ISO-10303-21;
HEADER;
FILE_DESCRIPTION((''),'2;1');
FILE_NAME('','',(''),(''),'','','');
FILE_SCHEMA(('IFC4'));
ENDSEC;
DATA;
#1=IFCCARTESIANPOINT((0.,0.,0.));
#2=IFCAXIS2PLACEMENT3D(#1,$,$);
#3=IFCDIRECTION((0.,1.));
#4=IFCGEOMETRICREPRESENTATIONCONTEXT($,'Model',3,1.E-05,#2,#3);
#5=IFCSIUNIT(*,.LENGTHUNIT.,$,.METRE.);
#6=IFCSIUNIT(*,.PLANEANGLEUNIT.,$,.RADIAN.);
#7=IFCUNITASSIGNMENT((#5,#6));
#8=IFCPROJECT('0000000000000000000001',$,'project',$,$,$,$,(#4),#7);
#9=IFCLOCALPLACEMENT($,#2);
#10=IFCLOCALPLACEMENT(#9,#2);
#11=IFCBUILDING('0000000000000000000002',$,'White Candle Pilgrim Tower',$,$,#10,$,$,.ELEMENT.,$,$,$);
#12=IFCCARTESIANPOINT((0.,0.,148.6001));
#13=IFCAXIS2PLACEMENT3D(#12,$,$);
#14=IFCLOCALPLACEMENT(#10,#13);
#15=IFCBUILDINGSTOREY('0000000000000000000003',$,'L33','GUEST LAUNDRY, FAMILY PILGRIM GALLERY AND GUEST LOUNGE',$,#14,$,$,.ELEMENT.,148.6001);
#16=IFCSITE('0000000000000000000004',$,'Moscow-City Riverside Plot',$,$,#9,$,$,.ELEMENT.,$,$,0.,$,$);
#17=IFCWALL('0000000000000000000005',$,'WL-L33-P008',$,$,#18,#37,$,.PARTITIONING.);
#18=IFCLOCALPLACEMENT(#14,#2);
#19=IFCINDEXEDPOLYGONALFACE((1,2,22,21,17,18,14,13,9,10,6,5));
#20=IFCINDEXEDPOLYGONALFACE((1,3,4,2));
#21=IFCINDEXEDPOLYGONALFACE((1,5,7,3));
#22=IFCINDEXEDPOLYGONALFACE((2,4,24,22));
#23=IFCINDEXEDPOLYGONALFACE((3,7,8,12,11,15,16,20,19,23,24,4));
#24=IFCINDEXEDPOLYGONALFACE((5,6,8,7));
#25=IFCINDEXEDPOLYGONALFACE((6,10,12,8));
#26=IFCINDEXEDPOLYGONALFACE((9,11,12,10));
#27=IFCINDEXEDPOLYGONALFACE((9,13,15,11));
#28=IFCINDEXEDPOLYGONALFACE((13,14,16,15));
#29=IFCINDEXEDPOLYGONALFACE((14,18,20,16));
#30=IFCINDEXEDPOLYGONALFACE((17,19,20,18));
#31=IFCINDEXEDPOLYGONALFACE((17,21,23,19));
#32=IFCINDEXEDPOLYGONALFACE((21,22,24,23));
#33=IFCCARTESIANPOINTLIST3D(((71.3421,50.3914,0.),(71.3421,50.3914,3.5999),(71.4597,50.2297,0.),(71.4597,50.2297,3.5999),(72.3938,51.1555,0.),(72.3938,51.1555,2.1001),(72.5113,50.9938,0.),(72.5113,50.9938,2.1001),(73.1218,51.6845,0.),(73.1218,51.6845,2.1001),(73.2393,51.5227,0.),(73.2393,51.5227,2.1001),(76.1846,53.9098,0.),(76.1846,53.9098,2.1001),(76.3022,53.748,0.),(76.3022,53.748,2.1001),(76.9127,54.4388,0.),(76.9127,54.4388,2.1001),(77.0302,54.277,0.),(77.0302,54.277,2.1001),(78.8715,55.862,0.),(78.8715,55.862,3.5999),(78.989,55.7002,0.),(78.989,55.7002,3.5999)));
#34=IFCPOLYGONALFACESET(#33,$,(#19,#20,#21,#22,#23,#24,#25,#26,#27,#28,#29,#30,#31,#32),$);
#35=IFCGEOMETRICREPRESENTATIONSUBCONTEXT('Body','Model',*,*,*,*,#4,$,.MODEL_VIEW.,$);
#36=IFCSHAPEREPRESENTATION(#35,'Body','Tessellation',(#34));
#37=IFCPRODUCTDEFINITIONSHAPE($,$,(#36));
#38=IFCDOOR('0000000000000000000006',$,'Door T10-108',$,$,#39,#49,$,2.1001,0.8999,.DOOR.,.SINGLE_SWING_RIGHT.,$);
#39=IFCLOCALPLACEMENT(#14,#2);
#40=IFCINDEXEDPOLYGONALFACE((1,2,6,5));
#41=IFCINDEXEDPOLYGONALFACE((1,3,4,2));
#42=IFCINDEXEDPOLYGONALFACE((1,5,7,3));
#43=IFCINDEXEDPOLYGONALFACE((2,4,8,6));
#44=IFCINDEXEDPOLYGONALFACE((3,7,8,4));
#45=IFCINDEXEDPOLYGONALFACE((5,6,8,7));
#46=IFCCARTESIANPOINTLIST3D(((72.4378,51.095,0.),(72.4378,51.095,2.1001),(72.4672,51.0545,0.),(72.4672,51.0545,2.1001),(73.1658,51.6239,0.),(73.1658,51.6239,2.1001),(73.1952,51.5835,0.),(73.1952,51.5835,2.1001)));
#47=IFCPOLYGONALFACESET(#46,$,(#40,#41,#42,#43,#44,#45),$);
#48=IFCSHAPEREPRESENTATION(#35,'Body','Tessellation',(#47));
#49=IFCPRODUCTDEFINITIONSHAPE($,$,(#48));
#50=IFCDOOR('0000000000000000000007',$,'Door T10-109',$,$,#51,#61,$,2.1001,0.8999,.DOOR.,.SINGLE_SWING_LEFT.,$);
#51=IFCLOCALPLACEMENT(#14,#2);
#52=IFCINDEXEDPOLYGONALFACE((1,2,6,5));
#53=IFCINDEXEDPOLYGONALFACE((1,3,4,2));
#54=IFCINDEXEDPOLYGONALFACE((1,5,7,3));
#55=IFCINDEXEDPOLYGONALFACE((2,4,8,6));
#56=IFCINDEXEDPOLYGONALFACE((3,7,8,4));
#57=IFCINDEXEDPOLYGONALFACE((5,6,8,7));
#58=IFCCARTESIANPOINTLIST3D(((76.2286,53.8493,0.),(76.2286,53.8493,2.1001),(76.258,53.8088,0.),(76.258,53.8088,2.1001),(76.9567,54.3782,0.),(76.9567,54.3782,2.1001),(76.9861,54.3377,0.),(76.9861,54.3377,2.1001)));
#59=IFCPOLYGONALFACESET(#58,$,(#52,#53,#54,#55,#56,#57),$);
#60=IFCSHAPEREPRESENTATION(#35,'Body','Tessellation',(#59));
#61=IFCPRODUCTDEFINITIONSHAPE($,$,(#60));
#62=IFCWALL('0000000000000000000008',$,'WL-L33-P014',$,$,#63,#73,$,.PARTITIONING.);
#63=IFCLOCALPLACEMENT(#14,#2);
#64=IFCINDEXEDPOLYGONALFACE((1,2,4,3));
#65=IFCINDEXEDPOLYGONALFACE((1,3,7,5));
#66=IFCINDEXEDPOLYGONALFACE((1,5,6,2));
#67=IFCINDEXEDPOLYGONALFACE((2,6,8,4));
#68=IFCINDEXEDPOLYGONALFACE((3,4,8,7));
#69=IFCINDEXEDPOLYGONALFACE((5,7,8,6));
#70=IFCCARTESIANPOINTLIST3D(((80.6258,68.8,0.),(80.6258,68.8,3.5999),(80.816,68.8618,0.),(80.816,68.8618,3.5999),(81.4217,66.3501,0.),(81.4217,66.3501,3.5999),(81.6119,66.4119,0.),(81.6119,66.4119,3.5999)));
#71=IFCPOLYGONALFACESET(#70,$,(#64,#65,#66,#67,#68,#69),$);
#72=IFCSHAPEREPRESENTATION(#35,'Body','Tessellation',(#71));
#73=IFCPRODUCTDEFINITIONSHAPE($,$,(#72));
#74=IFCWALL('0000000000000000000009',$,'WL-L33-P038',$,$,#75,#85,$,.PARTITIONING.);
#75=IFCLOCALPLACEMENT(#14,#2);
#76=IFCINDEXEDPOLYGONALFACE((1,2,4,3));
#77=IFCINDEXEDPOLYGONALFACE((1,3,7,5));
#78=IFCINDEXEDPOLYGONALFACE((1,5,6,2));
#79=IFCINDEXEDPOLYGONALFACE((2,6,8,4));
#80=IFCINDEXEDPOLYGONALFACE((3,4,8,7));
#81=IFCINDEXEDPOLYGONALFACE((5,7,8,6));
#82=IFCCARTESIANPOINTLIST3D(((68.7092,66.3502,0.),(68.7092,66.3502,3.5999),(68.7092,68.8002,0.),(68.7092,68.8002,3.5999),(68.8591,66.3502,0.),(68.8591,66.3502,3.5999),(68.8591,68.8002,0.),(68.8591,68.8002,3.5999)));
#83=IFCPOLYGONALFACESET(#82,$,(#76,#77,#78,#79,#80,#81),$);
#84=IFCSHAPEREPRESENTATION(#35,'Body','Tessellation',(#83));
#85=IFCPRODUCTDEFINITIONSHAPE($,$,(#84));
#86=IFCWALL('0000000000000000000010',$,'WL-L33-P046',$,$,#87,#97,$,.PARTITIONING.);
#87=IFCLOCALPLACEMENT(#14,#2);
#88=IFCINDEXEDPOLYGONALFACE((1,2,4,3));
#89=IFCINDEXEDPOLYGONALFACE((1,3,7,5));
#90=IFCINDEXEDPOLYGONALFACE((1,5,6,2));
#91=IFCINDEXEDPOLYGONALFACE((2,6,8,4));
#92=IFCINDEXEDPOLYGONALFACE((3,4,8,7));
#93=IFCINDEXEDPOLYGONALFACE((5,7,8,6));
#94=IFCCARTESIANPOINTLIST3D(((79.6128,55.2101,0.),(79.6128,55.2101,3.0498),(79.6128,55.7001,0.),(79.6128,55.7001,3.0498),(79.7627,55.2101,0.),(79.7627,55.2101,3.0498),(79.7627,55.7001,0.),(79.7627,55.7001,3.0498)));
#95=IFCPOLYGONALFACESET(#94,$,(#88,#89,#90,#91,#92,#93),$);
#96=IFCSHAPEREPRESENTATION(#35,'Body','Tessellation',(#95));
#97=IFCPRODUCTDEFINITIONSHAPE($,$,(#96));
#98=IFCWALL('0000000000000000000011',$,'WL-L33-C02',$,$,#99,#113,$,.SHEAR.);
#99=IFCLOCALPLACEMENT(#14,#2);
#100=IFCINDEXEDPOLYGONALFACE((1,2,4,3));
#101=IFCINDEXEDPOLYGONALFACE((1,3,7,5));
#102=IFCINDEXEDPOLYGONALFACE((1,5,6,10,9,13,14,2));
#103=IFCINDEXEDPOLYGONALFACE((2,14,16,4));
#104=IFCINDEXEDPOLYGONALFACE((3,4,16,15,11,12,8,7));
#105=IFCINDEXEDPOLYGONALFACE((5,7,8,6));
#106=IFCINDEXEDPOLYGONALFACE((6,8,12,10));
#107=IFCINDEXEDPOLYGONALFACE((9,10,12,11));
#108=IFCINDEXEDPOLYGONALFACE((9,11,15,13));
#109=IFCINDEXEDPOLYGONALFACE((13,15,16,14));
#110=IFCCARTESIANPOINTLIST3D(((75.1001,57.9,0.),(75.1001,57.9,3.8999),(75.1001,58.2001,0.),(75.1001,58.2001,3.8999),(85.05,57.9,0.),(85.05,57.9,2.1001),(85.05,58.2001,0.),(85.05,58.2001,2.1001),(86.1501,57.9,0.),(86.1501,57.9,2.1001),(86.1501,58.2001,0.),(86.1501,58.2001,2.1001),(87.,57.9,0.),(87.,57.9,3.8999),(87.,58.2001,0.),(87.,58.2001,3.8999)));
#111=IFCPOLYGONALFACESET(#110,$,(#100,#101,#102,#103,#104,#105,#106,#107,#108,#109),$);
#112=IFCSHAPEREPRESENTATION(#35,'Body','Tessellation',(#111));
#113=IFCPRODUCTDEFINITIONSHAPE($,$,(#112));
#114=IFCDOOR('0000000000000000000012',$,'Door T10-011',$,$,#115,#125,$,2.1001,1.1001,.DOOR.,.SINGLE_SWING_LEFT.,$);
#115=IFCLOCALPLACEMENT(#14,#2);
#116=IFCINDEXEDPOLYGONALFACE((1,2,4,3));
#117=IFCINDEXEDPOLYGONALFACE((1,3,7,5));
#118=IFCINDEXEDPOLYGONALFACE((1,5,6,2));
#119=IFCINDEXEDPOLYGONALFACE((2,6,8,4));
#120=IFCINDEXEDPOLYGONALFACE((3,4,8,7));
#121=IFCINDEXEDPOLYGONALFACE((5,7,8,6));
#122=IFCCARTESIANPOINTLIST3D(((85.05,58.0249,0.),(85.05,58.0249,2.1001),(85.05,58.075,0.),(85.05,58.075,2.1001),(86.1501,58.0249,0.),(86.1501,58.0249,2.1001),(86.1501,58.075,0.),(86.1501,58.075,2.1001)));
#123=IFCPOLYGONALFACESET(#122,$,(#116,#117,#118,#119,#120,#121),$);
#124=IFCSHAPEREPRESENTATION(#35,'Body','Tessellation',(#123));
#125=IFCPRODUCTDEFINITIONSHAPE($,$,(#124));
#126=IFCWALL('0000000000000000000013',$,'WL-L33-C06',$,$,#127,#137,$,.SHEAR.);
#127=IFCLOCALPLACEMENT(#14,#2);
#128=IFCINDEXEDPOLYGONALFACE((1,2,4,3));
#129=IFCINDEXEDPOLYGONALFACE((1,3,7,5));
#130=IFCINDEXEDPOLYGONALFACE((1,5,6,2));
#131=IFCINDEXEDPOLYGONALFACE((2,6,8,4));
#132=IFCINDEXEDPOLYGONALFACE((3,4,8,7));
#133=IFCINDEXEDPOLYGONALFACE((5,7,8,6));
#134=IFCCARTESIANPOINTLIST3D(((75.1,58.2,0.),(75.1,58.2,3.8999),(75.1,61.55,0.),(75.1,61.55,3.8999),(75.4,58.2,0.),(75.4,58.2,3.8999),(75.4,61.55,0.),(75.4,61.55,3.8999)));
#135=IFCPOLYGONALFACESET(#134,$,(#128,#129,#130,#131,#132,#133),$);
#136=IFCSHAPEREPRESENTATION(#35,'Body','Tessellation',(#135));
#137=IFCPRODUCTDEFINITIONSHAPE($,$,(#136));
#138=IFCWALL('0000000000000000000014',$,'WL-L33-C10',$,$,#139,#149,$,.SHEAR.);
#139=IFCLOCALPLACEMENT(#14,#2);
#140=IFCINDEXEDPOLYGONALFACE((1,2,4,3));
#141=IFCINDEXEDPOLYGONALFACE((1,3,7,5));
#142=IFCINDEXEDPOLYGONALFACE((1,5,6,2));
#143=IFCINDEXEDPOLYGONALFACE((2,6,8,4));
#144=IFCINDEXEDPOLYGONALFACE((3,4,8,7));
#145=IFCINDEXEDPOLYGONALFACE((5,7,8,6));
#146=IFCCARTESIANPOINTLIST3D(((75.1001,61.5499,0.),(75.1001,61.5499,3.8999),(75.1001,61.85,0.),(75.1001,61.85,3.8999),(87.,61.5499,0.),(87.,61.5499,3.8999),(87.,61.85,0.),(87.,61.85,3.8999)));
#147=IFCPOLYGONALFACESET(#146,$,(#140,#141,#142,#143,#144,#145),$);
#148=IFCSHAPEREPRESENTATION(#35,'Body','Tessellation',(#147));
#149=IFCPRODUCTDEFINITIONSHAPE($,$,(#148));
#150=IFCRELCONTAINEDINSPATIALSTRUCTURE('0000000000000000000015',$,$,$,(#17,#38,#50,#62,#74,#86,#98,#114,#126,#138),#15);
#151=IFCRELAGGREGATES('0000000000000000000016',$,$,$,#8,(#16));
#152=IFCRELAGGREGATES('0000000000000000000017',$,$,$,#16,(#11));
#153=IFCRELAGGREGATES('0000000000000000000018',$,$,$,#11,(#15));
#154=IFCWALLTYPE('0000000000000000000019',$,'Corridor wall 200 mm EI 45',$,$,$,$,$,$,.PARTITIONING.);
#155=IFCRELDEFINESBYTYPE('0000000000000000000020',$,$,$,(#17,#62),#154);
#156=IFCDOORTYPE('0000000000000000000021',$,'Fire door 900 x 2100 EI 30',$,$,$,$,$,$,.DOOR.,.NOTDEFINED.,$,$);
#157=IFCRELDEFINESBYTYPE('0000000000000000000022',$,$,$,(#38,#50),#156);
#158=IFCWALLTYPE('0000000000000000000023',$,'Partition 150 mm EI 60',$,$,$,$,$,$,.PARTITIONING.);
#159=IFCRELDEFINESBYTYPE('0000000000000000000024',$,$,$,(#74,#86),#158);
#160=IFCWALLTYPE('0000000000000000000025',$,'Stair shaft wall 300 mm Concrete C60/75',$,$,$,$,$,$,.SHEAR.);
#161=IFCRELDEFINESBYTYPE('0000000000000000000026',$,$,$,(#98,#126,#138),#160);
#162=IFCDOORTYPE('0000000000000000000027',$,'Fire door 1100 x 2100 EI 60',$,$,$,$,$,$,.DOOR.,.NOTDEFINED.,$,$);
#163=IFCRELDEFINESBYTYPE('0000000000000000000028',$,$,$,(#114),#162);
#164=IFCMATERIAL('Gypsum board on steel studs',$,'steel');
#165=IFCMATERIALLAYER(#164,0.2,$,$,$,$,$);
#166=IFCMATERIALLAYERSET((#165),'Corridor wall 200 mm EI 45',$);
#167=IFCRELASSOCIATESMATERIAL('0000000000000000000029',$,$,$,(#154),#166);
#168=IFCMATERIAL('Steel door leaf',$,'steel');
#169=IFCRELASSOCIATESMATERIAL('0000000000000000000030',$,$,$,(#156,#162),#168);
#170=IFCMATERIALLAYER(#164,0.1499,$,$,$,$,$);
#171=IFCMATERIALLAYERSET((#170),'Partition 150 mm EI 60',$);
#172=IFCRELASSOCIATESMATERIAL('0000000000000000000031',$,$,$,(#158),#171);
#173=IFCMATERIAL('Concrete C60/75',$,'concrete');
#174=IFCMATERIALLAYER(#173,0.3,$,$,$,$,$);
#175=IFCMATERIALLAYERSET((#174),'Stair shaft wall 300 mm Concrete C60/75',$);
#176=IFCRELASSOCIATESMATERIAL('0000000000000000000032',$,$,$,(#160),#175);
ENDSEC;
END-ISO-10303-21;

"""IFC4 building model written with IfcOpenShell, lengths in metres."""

from ifc_helpers import new_model, si_unit, direction, frame, frame_2d, origin, place, context, subcontext, project, spatial, rectangle, extrude, material, layer, layer_set, type_object, element, fill, save


model = new_model("IFC4")

# Units and contexts
model_context = context("Model", 3, precision=1e-05, world=origin(), true_north=direction((0.0, 1.0)))
body_context = subcontext(model_context, "Body", "Model", "MODEL_VIEW")
ifc_project = project(units=[si_unit("LENGTHUNIT", "METRE"), si_unit("PLANEANGLEUNIT", "RADIAN")], contexts=[model_context])

# Site, building, storey
site_placement = place(None, origin())
site = spatial("IfcSite", under=ifc_project, at=site_placement, Name="Moscow-City Riverside Plot", CompositionType="ELEMENT", RefElevation=0.0)
building_placement = place(site_placement, origin())
building = spatial("IfcBuilding", under=site, at=building_placement, Name="White Candle Pilgrim Tower", CompositionType="ELEMENT")
storey_placement = place(building_placement, frame((0.0, 0.0, 148.6001)))
storey = spatial("IfcBuildingStorey", under=building, at=storey_placement, Name="L33", Description="GUEST LAUNDRY, FAMILY PILGRIM GALLERY AND GUEST LOUNGE", CompositionType="ELEMENT", Elevation=148.6001)

# Wall, openings, doors
ifc_material_1 = material(Name="Gypsum board on steel studs", Category="steel")
ifc_layer_1 = layer(ifc_material_1, 0.2)
ifc_layer_set_1 = layer_set([ifc_layer_1], Name="Corridor wall 200 mm EI 45")
wall_type_1 = type_object("IfcWallType", Name="Corridor wall 200 mm EI 45", PredefinedType="PARTITIONING", material=ifc_layer_set_1)
wall_1_placement = place(storey_placement, frame((78.9302, 55.781, 0.0), z_axis=(0.0, 0.0, 1.0), x_axis=(-0.809012, -0.587793, 0.0)))
wall_1 = element("IfcWall", 1, at=wall_1_placement, inside=storey, type_object=wall_type_1, Name="WL-L33-P008", PredefinedType="PARTITIONING", context=body_context, shape_type="SweptSolid", body=[
    extrude(rectangle(XDim=9.3069, YDim=0.2, at=frame_2d((4.6533, 0.0))), origin(), (0.0, 0.0, 1.0), 3.5999),
])
opening_1_placement = place(wall_1_placement, frame((7.1069, 0.0, 0.0)))
opening_1 = element("IfcOpeningElement", 2, at=opening_1_placement, cuts=wall_1, PredefinedType="OPENING", context=body_context, shape_type="SweptSolid", body=[
    extrude(rectangle(XDim=0.8999, YDim=2.1001, at=frame_2d((0.45, 1.05))), frame((0.0, 0.1099, 0.0), z_axis=(0.0, -1.0, 0.0), x_axis=(1.0, 0.0, 0.0)), (0.0, 0.0, 1.0), 0.22),
])
opening_2_placement = place(wall_1_placement, frame((2.4211, 0.0, 0.0)))
opening_2 = element("IfcOpeningElement", 3, at=opening_2_placement, cuts=wall_1, PredefinedType="OPENING", context=body_context, shape_type="SweptSolid", body=[
    extrude(rectangle(XDim=0.8999, YDim=2.1001, at=frame_2d((0.45, 1.05))), frame((0.0, 0.1099, 0.0), z_axis=(0.0, -1.0, 0.0), x_axis=(1.0, 0.0, 0.0)), (0.0, 0.0, 1.0), 0.22),
])
ifc_material_2 = material(Name="Steel door leaf", Category="steel")
door_type_1 = type_object("IfcDoorType", Name="Fire door 900 x 2100 EI 30", OperationType="NOTDEFINED", PredefinedType="DOOR", material=ifc_material_2)
door_1_placement = place(opening_1_placement, origin())
door_1 = element("IfcDoor", 4, at=door_1_placement, inside=storey, type_object=door_type_1, Name="Door T10-108", OperationType="SINGLE_SWING_RIGHT", OverallHeight=2.1001, OverallWidth=0.8999, PredefinedType="DOOR", context=body_context, shape_type="SweptSolid", body=[
    extrude(rectangle(XDim=0.8999, YDim=2.1001, at=frame_2d((0.45, 1.05))), frame((0.0, 0.0249, 0.0), z_axis=(0.0, -1.0, 0.0), x_axis=(1.0, 0.0, 0.0)), (0.0, 0.0, 1.0), 0.05),
])
fill(opening_1, door_1)
door_2_placement = place(opening_2_placement, origin())
door_2 = element("IfcDoor", 5, at=door_2_placement, inside=storey, type_object=door_type_1, Name="Door T10-109", OperationType="SINGLE_SWING_LEFT", OverallHeight=2.1001, OverallWidth=0.8999, PredefinedType="DOOR", context=body_context, shape_type="SweptSolid", body=[
    extrude(rectangle(XDim=0.8999, YDim=2.1001, at=frame_2d((0.45, 1.05))), frame((0.0, 0.0249, 0.0), z_axis=(0.0, -1.0, 0.0), x_axis=(1.0, 0.0, 0.0)), (0.0, 0.0, 1.0), 0.05),
])
fill(opening_2, door_2)

# Walls
wall_2_placement = place(storey_placement, frame((81.5168, 66.3809, 0.0), z_axis=(0.0, 0.0, 1.0), x_axis=(-0.308968, 0.951072, 0.0)))
element("IfcWall", 6, at=wall_2_placement, inside=storey, type_object=wall_type_1, Name="WL-L33-P014", PredefinedType="PARTITIONING", context=body_context, shape_type="SweptSolid", body=[
    extrude(rectangle(XDim=2.5759, YDim=0.2, at=frame_2d((1.2881, 0.0))), origin(), (0.0, 0.0, 1.0), 3.5999),
])
ifc_layer_2 = layer(ifc_material_1, 0.1499)
ifc_layer_set_2 = layer_set([ifc_layer_2], Name="Partition 150 mm EI 60")
wall_type_2 = type_object("IfcWallType", Name="Partition 150 mm EI 60", PredefinedType="PARTITIONING", material=ifc_layer_set_2)
wall_3_placement = place(storey_placement, frame((68.7842, 66.3501, 0.0), z_axis=(0.0, 0.0, 1.0), x_axis=(0.0, 1.0, 0.0)))
element("IfcWall", 7, at=wall_3_placement, inside=storey, type_object=wall_type_2, Name="WL-L33-P038", PredefinedType="PARTITIONING", context=body_context, shape_type="SweptSolid", body=[
    extrude(rectangle(XDim=2.45, YDim=0.1499, at=frame_2d((1.2251, 0.0))), origin(), (0.0, 0.0, 1.0), 3.5999),
])
wall_4_placement = place(storey_placement, frame((79.6877, 55.21, 0.0), z_axis=(0.0, 0.0, 1.0), x_axis=(0.0, 1.0, 0.0)))
element("IfcWall", 8, at=wall_4_placement, inside=storey, type_object=wall_type_2, Name="WL-L33-P046", PredefinedType="PARTITIONING", context=body_context, shape_type="SweptSolid", body=[
    extrude(rectangle(XDim=0.49, YDim=0.1499, at=frame_2d((0.2451, 0.0))), origin(), (0.0, 0.0, 1.0), 3.0498),
])

# Wall, opening, door
ifc_material_3 = material(Name="Concrete C60/75", Category="concrete")
ifc_layer_3 = layer(ifc_material_3, 0.3)
ifc_layer_set_3 = layer_set([ifc_layer_3], Name="Stair shaft wall 300 mm Concrete C60/75")
wall_type_3 = type_object("IfcWallType", Name="Stair shaft wall 300 mm Concrete C60/75", PredefinedType="SHEAR", material=ifc_layer_set_3)
wall_5_placement = place(storey_placement, frame((75.1001, 58.05, 0.0), z_axis=(0.0, 0.0, 1.0), x_axis=(1.0, 0.0, 0.0)))
wall_5 = element("IfcWall", 9, at=wall_5_placement, inside=storey, type_object=wall_type_3, Name="WL-L33-C02", PredefinedType="SHEAR", context=body_context, shape_type="SweptSolid", body=[
    extrude(rectangle(XDim=11.8999, YDim=0.3, at=frame_2d((5.95, 0.0))), origin(), (0.0, 0.0, 1.0), 3.8999),
])
opening_3_placement = place(wall_5_placement, frame((9.95, 0.0, 0.0)))
opening_3 = element("IfcOpeningElement", 10, at=opening_3_placement, cuts=wall_5, PredefinedType="OPENING", context=body_context, shape_type="SweptSolid", body=[
    extrude(rectangle(XDim=1.1001, YDim=2.1001, at=frame_2d((0.55, 1.05))), frame((0.0, 0.1599, 0.0), z_axis=(0.0, -1.0, 0.0), x_axis=(1.0, 0.0, 0.0)), (0.0, 0.0, 1.0), 0.3201),
])
door_type_2 = type_object("IfcDoorType", Name="Fire door 1100 x 2100 EI 60", OperationType="NOTDEFINED", PredefinedType="DOOR", material=ifc_material_2)
door_3_placement = place(opening_3_placement, origin())
door_3 = element("IfcDoor", 11, at=door_3_placement, inside=storey, type_object=door_type_2, Name="Door T10-011", OperationType="SINGLE_SWING_LEFT", OverallHeight=2.1001, OverallWidth=1.1001, PredefinedType="DOOR", context=body_context, shape_type="SweptSolid", body=[
    extrude(rectangle(XDim=1.1001, YDim=2.1001, at=frame_2d((0.55, 1.05))), frame((0.0, 0.0249, 0.0), z_axis=(0.0, -1.0, 0.0), x_axis=(1.0, 0.0, 0.0)), (0.0, 0.0, 1.0), 0.05),
])
fill(opening_3, door_3)

# Walls
wall_6_placement = place(storey_placement, frame((75.25, 58.2, 0.0), z_axis=(0.0, 0.0, 1.0), x_axis=(0.0, 1.0, 0.0)))
element("IfcWall", 12, at=wall_6_placement, inside=storey, type_object=wall_type_3, Name="WL-L33-C06", PredefinedType="SHEAR", context=body_context, shape_type="SweptSolid", body=[
    extrude(rectangle(XDim=3.3501, YDim=0.3, at=frame_2d((1.675, 0.0))), origin(), (0.0, 0.0, 1.0), 3.8999),
])
wall_7_placement = place(storey_placement, frame((75.1001, 61.7, 0.0), z_axis=(0.0, 0.0, 1.0), x_axis=(1.0, 0.0, 0.0)))
element("IfcWall", 13, at=wall_7_placement, inside=storey, type_object=wall_type_3, Name="WL-L33-C10", PredefinedType="SHEAR", context=body_context, shape_type="SweptSolid", body=[
    extrude(rectangle(XDim=11.8999, YDim=0.3, at=frame_2d((5.95, 0.0))), origin(), (0.0, 0.0, 1.0), 3.8999),
])

save(model, "model.ifc")
